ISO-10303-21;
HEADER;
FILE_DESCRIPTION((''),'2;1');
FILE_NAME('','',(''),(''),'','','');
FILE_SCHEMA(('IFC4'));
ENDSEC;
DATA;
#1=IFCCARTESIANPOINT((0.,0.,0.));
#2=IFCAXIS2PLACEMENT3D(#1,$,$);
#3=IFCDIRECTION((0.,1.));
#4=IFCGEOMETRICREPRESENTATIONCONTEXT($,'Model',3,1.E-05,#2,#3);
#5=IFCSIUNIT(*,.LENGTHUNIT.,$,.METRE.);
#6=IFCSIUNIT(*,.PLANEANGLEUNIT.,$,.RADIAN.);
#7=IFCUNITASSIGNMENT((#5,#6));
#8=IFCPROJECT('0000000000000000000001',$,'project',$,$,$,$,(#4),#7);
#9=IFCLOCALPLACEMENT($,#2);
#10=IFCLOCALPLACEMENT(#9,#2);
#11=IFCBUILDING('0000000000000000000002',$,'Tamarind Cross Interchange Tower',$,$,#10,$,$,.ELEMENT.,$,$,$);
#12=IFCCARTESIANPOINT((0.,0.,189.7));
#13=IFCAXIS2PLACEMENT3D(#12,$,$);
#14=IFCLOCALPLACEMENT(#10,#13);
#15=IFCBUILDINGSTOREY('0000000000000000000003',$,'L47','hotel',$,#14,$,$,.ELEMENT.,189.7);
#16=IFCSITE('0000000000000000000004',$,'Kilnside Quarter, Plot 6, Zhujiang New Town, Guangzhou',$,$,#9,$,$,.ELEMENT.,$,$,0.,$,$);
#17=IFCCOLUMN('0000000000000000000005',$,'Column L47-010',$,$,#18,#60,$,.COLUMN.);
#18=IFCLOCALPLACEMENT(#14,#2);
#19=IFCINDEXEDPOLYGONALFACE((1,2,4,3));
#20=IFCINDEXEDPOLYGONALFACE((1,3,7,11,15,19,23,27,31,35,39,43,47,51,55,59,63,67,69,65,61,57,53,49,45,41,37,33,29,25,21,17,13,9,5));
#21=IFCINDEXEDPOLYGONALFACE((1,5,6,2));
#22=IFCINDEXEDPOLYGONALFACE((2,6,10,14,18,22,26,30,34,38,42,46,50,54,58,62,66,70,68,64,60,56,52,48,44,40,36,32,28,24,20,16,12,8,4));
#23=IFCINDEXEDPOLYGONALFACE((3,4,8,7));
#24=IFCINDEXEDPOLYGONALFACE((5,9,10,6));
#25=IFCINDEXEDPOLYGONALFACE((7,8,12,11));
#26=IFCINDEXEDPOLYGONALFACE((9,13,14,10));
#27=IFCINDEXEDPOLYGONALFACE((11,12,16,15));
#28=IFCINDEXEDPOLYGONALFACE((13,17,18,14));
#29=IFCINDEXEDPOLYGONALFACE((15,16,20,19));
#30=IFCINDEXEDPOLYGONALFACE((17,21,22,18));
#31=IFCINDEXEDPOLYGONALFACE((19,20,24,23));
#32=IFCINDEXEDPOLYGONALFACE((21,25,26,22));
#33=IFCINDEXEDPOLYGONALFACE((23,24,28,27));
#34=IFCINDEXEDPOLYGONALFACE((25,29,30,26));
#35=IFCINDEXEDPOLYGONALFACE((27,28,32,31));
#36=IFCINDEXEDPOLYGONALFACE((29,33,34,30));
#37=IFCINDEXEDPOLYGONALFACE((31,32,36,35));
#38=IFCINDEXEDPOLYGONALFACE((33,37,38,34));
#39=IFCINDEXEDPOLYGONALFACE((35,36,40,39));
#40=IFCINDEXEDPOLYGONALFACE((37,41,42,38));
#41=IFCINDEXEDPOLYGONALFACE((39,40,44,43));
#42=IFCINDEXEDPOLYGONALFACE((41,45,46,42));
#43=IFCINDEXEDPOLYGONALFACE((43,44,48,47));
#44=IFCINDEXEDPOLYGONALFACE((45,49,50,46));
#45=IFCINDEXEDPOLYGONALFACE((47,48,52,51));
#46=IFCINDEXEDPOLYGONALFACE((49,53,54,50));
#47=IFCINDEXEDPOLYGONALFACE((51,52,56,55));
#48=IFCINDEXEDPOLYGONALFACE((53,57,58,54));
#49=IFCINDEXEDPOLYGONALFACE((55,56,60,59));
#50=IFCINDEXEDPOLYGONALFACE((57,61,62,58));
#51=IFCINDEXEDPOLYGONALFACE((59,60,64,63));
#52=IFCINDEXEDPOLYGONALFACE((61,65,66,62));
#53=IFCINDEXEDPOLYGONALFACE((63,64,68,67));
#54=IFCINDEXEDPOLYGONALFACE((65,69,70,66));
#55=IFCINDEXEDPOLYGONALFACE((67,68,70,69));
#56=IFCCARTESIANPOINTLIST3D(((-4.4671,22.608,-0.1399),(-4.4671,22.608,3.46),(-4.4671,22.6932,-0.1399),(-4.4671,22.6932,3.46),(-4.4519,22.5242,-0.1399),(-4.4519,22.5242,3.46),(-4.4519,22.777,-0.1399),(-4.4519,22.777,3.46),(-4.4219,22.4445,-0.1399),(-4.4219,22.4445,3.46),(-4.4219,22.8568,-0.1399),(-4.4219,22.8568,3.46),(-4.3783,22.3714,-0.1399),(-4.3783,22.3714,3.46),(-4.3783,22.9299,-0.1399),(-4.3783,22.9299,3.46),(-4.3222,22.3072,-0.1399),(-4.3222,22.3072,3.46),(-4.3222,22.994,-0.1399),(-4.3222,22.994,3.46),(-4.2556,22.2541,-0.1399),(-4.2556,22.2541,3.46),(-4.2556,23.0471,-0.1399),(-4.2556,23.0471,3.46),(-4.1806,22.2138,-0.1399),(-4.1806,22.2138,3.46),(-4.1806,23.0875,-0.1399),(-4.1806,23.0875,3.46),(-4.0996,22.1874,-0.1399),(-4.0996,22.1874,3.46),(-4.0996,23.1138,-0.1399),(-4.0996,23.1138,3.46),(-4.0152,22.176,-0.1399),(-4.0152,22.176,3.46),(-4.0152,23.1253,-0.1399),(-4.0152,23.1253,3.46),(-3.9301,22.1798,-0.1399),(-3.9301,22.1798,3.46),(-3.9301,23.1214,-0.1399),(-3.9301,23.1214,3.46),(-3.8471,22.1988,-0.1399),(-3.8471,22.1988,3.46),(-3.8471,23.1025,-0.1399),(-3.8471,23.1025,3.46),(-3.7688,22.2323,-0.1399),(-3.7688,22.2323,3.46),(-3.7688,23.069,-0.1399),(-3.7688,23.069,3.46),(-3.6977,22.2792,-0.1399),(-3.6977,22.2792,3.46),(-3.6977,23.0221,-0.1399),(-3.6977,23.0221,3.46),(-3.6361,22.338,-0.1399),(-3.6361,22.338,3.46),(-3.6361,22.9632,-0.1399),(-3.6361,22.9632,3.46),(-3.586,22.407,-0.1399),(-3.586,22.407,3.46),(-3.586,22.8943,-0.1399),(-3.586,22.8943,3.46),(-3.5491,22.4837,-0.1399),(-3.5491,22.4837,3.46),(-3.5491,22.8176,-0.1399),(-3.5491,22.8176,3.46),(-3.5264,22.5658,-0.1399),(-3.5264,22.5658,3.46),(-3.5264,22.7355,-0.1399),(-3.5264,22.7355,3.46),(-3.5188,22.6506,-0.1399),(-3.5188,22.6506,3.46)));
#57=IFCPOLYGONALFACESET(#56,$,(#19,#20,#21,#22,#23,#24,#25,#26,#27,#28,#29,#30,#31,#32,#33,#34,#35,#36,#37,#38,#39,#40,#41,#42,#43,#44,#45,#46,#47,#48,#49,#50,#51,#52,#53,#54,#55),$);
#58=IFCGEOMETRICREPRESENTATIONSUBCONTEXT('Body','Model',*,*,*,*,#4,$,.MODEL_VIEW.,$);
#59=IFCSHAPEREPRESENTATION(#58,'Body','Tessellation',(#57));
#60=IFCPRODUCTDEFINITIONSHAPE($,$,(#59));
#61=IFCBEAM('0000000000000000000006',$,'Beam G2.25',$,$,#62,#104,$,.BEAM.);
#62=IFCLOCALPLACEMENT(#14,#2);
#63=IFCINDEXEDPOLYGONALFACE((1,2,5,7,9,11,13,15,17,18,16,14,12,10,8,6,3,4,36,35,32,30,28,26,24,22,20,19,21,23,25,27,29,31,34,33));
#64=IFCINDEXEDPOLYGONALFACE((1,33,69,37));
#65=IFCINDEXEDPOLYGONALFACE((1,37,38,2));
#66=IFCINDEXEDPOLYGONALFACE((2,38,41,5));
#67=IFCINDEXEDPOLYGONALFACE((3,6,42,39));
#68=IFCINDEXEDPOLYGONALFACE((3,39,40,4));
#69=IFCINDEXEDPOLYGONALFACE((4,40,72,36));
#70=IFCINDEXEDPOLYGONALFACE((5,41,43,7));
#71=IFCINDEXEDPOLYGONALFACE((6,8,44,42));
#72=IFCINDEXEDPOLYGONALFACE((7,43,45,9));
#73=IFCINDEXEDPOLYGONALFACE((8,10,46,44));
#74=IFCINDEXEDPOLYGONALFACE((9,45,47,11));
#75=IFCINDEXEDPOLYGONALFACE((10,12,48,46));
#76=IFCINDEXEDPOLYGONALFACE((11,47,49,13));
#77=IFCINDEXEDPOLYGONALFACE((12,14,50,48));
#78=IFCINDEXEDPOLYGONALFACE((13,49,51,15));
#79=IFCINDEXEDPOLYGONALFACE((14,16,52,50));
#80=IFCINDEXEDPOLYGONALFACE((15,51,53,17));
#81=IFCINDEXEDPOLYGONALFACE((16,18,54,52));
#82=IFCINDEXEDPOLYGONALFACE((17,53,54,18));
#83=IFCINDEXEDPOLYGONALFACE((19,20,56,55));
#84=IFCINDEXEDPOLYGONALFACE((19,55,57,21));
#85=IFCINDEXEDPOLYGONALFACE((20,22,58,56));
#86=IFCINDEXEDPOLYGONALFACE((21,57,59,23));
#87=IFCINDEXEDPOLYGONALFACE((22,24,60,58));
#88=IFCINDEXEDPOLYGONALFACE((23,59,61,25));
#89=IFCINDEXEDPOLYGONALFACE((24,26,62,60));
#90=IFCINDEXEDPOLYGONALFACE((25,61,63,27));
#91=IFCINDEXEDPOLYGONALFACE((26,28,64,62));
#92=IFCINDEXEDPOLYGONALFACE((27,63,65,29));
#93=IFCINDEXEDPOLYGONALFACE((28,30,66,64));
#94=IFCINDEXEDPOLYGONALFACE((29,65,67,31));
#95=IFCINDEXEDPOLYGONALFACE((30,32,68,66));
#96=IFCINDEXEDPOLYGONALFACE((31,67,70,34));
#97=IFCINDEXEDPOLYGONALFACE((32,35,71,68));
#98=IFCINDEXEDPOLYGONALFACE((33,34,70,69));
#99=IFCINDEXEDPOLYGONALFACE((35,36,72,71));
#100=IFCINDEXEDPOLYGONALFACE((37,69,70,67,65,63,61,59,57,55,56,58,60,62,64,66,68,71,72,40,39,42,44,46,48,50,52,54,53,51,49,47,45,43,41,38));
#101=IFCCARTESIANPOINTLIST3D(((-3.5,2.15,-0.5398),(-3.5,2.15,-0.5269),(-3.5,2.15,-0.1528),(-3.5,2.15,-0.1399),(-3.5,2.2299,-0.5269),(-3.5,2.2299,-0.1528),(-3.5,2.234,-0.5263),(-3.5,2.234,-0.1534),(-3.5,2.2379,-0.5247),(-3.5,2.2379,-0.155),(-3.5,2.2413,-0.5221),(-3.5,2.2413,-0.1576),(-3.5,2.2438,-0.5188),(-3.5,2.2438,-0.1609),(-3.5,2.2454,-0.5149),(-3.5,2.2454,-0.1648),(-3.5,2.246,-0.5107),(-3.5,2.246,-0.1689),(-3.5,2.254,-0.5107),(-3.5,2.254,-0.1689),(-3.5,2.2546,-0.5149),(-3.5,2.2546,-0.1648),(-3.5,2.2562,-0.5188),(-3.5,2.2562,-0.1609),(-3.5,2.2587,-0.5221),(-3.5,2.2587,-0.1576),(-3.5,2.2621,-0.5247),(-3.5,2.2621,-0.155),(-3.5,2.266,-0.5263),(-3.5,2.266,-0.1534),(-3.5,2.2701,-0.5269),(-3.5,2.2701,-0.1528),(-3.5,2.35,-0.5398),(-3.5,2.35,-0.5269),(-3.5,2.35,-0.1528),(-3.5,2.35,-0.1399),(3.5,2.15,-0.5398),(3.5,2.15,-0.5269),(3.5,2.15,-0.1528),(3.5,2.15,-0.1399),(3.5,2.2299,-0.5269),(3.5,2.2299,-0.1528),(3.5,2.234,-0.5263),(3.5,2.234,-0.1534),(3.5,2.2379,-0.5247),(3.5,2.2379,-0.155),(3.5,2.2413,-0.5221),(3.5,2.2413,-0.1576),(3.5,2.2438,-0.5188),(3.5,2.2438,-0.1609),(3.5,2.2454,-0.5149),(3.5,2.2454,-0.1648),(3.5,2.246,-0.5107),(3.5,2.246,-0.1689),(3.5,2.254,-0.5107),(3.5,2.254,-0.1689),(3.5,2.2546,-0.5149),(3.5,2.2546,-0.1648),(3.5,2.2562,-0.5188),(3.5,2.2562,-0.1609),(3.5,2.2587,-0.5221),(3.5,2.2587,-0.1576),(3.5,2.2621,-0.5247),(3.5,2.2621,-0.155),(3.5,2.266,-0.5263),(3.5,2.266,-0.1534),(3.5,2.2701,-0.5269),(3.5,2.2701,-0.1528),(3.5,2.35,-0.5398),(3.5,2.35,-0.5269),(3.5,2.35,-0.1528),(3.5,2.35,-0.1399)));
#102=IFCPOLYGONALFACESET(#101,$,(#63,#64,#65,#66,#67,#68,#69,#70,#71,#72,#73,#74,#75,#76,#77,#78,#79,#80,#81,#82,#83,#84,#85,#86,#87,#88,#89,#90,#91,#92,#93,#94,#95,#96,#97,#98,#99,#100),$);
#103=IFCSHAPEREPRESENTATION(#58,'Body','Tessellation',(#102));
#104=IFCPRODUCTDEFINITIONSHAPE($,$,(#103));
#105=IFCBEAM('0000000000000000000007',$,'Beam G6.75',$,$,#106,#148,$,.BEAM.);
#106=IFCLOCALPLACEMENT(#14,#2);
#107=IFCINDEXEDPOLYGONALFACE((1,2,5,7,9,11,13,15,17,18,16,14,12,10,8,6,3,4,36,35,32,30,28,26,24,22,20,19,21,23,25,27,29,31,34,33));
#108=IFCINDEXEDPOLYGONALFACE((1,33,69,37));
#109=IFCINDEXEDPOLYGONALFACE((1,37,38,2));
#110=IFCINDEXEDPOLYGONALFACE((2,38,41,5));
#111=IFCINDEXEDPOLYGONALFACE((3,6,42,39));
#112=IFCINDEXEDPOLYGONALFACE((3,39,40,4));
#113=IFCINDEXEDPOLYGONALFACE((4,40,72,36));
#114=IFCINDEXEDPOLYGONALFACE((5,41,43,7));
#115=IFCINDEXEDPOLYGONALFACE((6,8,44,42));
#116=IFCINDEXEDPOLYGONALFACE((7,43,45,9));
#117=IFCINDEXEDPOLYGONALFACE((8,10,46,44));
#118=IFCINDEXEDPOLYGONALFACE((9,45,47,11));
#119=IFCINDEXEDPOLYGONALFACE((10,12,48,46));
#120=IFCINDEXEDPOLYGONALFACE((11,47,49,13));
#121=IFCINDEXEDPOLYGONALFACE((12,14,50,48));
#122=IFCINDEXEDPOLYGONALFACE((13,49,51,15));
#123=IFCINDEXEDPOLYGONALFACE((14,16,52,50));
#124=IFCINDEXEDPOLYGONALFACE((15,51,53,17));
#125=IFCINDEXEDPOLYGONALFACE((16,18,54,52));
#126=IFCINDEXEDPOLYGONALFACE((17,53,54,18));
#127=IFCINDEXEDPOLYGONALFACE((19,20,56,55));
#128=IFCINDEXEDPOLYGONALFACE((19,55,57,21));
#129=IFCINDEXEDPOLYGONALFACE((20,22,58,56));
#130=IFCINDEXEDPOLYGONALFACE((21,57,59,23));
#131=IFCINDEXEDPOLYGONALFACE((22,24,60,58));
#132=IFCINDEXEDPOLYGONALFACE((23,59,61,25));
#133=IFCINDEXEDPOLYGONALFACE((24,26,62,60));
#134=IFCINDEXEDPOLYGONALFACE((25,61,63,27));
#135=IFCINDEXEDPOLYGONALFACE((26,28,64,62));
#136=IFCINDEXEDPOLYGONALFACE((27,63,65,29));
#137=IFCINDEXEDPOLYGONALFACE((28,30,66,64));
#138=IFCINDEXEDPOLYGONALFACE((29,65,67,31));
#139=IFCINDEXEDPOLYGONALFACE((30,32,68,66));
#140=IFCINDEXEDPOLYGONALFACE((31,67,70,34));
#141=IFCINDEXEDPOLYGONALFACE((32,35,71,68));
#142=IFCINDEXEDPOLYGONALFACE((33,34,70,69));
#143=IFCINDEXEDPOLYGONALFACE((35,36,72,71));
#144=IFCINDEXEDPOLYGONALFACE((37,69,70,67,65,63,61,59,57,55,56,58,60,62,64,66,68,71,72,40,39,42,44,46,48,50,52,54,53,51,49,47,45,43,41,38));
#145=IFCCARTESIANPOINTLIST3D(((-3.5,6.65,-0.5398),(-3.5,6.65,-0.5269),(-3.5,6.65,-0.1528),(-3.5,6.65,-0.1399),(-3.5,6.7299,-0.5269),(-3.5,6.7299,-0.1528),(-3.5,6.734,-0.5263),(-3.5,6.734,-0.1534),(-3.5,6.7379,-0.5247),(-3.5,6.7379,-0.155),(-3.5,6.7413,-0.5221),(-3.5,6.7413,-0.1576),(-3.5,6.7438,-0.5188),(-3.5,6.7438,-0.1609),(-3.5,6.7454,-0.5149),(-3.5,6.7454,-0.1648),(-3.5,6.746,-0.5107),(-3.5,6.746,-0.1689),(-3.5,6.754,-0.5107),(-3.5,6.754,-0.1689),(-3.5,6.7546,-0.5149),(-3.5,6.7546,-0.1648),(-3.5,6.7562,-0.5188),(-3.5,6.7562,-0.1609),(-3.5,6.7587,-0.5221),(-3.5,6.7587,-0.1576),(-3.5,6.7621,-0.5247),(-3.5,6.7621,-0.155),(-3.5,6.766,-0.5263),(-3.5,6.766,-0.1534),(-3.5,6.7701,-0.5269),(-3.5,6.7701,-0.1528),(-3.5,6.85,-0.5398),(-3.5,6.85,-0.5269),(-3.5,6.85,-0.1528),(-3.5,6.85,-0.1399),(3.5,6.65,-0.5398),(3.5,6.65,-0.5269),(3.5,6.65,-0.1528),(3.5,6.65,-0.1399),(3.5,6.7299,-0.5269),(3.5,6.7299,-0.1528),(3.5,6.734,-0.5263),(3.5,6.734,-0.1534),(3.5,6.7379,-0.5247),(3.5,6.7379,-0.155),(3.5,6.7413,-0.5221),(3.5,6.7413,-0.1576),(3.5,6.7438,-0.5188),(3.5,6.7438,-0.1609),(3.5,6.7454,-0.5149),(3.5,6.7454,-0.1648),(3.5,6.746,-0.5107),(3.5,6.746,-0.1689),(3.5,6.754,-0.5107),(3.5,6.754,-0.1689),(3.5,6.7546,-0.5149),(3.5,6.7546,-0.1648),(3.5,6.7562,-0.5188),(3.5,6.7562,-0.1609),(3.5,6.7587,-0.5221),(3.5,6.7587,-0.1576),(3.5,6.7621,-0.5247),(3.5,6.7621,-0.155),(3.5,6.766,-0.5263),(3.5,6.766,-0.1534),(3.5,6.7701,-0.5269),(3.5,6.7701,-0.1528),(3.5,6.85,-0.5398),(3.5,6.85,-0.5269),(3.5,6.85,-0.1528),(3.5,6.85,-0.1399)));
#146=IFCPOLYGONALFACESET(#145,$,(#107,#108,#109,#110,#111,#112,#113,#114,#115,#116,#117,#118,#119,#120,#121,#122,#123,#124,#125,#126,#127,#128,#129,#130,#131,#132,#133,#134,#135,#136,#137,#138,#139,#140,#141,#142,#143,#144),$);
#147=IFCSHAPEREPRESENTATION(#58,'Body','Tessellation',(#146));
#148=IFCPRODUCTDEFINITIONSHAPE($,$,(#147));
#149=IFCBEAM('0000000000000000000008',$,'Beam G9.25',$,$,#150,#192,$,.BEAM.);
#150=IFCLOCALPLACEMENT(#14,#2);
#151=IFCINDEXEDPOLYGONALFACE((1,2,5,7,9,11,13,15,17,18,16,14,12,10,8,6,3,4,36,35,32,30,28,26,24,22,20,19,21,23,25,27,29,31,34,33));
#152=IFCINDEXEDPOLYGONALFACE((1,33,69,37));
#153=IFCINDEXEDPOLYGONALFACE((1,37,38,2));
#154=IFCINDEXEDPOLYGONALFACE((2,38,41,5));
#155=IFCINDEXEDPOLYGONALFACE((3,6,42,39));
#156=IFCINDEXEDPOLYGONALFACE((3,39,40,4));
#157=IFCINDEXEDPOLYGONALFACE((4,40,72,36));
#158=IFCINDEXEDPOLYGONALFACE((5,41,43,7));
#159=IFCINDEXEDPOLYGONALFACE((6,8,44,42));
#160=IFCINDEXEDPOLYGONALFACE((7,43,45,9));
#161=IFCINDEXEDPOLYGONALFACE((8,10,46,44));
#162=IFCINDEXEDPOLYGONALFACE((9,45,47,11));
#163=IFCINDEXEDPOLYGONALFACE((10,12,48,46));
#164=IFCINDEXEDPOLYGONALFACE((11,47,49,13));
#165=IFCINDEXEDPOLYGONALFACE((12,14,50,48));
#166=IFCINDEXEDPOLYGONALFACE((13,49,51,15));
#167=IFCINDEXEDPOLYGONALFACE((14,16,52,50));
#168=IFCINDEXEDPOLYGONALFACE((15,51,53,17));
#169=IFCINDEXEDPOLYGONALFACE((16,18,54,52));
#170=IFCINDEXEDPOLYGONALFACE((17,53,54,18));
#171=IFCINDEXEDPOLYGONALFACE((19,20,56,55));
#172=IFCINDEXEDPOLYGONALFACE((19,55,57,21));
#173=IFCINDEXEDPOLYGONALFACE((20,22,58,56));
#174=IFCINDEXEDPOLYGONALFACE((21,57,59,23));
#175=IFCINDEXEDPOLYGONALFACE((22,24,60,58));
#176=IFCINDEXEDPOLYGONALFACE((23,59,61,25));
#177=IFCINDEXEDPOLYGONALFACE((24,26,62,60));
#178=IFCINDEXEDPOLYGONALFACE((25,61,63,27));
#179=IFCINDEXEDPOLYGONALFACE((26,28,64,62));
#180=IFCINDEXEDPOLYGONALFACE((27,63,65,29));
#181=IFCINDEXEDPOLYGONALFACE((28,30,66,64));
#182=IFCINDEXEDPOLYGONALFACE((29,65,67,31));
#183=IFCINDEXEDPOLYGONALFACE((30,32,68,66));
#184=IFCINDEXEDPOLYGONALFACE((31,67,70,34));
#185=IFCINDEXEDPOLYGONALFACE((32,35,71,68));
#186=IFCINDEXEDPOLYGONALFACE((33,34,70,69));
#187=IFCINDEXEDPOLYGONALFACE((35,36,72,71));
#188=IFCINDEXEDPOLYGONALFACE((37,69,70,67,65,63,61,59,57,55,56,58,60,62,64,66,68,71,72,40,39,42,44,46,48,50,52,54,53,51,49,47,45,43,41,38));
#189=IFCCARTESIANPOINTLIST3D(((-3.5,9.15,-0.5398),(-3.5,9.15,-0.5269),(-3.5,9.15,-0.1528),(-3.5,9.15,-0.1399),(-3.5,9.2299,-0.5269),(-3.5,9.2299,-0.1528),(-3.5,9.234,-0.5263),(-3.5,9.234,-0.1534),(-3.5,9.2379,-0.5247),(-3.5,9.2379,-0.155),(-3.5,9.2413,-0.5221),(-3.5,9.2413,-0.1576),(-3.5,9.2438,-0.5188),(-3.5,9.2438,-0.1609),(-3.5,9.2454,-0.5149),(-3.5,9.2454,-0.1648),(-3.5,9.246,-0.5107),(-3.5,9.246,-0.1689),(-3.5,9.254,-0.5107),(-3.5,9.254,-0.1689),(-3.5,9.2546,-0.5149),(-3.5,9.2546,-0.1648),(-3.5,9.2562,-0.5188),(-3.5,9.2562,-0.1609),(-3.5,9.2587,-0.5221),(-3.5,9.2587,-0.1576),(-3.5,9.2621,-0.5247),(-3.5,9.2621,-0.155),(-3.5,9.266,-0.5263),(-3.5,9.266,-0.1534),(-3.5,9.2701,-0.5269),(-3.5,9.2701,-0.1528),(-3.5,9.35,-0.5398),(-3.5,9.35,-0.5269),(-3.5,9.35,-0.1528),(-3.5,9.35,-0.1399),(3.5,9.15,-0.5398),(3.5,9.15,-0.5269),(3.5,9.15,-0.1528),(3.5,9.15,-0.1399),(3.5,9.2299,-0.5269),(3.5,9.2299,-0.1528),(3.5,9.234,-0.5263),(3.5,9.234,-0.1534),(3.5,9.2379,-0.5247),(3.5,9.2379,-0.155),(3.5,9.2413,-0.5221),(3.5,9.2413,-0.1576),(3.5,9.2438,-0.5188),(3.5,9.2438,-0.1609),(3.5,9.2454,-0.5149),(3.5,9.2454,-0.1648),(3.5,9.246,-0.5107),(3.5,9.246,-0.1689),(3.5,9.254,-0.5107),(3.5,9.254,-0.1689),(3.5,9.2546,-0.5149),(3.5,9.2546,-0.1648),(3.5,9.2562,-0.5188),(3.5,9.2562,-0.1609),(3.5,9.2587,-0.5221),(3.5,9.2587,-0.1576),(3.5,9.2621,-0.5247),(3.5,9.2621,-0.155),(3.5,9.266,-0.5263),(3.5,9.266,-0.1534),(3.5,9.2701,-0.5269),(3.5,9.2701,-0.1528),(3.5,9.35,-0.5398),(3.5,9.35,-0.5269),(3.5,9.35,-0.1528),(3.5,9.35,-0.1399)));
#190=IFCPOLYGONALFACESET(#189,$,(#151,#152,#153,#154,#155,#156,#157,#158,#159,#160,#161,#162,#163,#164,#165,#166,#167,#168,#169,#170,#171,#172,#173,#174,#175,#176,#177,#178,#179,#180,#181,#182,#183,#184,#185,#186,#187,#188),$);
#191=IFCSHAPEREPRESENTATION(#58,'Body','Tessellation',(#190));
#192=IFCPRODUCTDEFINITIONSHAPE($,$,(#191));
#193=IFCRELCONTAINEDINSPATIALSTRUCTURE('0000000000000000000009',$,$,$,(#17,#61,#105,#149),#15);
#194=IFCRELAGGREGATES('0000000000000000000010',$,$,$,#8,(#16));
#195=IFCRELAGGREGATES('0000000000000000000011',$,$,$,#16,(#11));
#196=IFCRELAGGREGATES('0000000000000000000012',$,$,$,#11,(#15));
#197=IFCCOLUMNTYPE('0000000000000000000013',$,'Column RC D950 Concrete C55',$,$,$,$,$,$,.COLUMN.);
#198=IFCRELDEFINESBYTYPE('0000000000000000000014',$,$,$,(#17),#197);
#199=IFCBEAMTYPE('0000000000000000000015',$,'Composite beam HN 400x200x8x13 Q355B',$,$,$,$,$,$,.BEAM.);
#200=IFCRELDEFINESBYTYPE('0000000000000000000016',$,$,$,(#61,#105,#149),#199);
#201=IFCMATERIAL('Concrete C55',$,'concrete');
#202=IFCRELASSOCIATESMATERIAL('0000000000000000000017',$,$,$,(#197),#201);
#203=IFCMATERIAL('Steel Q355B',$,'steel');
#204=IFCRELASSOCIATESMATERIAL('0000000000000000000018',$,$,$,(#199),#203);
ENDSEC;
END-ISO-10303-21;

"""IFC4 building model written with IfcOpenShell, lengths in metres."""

from ifc_helpers import new_model, si_unit, direction, frame, origin, origin_2d, place, context, subcontext, project, spatial, circle, i_section, extrude, material, material_profile, profile_set, type_object, element, save


model = new_model("IFC4")

# Units and contexts
model_context = context("Model", 3, precision=1e-05, world=origin(), true_north=direction((0.0, 1.0)))
body_context = subcontext(model_context, "Body", "Model", "MODEL_VIEW")
ifc_project = project(units=[si_unit("LENGTHUNIT", "METRE"), si_unit("PLANEANGLEUNIT", "RADIAN")], contexts=[model_context])

# Site, building, storey
site_placement = place(None, origin())
site = spatial("IfcSite", under=ifc_project, at=site_placement, Name="Kilnside Quarter, Plot 6, Zhujiang New Town, Guangzhou", CompositionType="ELEMENT", RefElevation=0.0)
building_placement = place(site_placement, origin())
building = spatial("IfcBuilding", under=site, at=building_placement, Name="Tamarind Cross Interchange Tower", CompositionType="ELEMENT")
storey_placement = place(building_placement, frame((0.0, 0.0, 189.7)))
storey = spatial("IfcBuildingStorey", under=building, at=storey_placement, Name="L47", Description="hotel", CompositionType="ELEMENT", Elevation=189.7)

# Column
ifc_material_1 = material(Name="Concrete C55", Category="concrete")
ifc_material_profile_1 = material_profile(ifc_material_1, circle(Radius=0.4751, at=origin_2d()), Name="RC D950")
ifc_profile_set_1 = profile_set([ifc_material_profile_1], Name="Concrete C55")
column_type = type_object("IfcColumnType", Name="Column RC D950 Concrete C55", PredefinedType="COLUMN", material=ifc_profile_set_1)
column_placement = place(storey_placement, frame((-3.9939, 22.6506, -0.1399), z_axis=(0.0, 0.0, 1.0), x_axis=(1.0, 0.0, 0.0)))
element("IfcColumn", 1, at=column_placement, inside=storey, type_object=column_type, Name="Column L47-010", PredefinedType="COLUMN", context=body_context, shape_type="SweptSolid", body=[
    extrude(circle(Radius=0.4751, at=origin_2d()), origin(), (0.0, 0.0, 1.0), 3.5999),
])

# Beams
ifc_material_2 = material(Name="Steel Q355B", Category="steel")
ifc_material_profile_2 = material_profile(ifc_material_2, i_section(OverallWidth=0.2, OverallDepth=0.3999, WebThickness=0.0081, FlangeThickness=0.0129, FilletRadius=0.0161, at=origin_2d()), Name="HN 400x200x8x13")
ifc_profile_set_2 = profile_set([ifc_material_profile_2], Name="Steel Q355B")
beam_type_1 = type_object("IfcBeamType", Name="Composite beam HN 400x200x8x13 Q355B", PredefinedType="BEAM", material=ifc_profile_set_2)
for number, where, z_axis, x_axis, name in (
    (2, (-3.5, 2.25, -0.3398), (1.0, 0.0, 0.0), (0.0, 1.0, 0.0), "Beam G2.25"),
    (3, (-3.5, 6.75, -0.3398), (1.0, 0.0, 0.0), (0.0, 1.0, 0.0), "Beam G6.75"),
    (4, (-3.5, 9.25, -0.3398), (1.0, 0.0, 0.0), (0.0, 1.0, 0.0), "Beam G9.25"),
):
    element("IfcBeam", number, at=place(storey_placement, frame(where, z_axis=z_axis, x_axis=x_axis)), inside=storey, type_object=beam_type_1, Name=name, PredefinedType="BEAM", context=body_context, shape_type="SweptSolid", body=[
        extrude(i_section(OverallWidth=0.2, OverallDepth=0.3999, WebThickness=0.0081, FlangeThickness=0.0129, FilletRadius=0.0161, at=origin_2d()), origin(), (0.0, 0.0, 1.0), 7.0),
    ])

save(model, "model.ifc")
